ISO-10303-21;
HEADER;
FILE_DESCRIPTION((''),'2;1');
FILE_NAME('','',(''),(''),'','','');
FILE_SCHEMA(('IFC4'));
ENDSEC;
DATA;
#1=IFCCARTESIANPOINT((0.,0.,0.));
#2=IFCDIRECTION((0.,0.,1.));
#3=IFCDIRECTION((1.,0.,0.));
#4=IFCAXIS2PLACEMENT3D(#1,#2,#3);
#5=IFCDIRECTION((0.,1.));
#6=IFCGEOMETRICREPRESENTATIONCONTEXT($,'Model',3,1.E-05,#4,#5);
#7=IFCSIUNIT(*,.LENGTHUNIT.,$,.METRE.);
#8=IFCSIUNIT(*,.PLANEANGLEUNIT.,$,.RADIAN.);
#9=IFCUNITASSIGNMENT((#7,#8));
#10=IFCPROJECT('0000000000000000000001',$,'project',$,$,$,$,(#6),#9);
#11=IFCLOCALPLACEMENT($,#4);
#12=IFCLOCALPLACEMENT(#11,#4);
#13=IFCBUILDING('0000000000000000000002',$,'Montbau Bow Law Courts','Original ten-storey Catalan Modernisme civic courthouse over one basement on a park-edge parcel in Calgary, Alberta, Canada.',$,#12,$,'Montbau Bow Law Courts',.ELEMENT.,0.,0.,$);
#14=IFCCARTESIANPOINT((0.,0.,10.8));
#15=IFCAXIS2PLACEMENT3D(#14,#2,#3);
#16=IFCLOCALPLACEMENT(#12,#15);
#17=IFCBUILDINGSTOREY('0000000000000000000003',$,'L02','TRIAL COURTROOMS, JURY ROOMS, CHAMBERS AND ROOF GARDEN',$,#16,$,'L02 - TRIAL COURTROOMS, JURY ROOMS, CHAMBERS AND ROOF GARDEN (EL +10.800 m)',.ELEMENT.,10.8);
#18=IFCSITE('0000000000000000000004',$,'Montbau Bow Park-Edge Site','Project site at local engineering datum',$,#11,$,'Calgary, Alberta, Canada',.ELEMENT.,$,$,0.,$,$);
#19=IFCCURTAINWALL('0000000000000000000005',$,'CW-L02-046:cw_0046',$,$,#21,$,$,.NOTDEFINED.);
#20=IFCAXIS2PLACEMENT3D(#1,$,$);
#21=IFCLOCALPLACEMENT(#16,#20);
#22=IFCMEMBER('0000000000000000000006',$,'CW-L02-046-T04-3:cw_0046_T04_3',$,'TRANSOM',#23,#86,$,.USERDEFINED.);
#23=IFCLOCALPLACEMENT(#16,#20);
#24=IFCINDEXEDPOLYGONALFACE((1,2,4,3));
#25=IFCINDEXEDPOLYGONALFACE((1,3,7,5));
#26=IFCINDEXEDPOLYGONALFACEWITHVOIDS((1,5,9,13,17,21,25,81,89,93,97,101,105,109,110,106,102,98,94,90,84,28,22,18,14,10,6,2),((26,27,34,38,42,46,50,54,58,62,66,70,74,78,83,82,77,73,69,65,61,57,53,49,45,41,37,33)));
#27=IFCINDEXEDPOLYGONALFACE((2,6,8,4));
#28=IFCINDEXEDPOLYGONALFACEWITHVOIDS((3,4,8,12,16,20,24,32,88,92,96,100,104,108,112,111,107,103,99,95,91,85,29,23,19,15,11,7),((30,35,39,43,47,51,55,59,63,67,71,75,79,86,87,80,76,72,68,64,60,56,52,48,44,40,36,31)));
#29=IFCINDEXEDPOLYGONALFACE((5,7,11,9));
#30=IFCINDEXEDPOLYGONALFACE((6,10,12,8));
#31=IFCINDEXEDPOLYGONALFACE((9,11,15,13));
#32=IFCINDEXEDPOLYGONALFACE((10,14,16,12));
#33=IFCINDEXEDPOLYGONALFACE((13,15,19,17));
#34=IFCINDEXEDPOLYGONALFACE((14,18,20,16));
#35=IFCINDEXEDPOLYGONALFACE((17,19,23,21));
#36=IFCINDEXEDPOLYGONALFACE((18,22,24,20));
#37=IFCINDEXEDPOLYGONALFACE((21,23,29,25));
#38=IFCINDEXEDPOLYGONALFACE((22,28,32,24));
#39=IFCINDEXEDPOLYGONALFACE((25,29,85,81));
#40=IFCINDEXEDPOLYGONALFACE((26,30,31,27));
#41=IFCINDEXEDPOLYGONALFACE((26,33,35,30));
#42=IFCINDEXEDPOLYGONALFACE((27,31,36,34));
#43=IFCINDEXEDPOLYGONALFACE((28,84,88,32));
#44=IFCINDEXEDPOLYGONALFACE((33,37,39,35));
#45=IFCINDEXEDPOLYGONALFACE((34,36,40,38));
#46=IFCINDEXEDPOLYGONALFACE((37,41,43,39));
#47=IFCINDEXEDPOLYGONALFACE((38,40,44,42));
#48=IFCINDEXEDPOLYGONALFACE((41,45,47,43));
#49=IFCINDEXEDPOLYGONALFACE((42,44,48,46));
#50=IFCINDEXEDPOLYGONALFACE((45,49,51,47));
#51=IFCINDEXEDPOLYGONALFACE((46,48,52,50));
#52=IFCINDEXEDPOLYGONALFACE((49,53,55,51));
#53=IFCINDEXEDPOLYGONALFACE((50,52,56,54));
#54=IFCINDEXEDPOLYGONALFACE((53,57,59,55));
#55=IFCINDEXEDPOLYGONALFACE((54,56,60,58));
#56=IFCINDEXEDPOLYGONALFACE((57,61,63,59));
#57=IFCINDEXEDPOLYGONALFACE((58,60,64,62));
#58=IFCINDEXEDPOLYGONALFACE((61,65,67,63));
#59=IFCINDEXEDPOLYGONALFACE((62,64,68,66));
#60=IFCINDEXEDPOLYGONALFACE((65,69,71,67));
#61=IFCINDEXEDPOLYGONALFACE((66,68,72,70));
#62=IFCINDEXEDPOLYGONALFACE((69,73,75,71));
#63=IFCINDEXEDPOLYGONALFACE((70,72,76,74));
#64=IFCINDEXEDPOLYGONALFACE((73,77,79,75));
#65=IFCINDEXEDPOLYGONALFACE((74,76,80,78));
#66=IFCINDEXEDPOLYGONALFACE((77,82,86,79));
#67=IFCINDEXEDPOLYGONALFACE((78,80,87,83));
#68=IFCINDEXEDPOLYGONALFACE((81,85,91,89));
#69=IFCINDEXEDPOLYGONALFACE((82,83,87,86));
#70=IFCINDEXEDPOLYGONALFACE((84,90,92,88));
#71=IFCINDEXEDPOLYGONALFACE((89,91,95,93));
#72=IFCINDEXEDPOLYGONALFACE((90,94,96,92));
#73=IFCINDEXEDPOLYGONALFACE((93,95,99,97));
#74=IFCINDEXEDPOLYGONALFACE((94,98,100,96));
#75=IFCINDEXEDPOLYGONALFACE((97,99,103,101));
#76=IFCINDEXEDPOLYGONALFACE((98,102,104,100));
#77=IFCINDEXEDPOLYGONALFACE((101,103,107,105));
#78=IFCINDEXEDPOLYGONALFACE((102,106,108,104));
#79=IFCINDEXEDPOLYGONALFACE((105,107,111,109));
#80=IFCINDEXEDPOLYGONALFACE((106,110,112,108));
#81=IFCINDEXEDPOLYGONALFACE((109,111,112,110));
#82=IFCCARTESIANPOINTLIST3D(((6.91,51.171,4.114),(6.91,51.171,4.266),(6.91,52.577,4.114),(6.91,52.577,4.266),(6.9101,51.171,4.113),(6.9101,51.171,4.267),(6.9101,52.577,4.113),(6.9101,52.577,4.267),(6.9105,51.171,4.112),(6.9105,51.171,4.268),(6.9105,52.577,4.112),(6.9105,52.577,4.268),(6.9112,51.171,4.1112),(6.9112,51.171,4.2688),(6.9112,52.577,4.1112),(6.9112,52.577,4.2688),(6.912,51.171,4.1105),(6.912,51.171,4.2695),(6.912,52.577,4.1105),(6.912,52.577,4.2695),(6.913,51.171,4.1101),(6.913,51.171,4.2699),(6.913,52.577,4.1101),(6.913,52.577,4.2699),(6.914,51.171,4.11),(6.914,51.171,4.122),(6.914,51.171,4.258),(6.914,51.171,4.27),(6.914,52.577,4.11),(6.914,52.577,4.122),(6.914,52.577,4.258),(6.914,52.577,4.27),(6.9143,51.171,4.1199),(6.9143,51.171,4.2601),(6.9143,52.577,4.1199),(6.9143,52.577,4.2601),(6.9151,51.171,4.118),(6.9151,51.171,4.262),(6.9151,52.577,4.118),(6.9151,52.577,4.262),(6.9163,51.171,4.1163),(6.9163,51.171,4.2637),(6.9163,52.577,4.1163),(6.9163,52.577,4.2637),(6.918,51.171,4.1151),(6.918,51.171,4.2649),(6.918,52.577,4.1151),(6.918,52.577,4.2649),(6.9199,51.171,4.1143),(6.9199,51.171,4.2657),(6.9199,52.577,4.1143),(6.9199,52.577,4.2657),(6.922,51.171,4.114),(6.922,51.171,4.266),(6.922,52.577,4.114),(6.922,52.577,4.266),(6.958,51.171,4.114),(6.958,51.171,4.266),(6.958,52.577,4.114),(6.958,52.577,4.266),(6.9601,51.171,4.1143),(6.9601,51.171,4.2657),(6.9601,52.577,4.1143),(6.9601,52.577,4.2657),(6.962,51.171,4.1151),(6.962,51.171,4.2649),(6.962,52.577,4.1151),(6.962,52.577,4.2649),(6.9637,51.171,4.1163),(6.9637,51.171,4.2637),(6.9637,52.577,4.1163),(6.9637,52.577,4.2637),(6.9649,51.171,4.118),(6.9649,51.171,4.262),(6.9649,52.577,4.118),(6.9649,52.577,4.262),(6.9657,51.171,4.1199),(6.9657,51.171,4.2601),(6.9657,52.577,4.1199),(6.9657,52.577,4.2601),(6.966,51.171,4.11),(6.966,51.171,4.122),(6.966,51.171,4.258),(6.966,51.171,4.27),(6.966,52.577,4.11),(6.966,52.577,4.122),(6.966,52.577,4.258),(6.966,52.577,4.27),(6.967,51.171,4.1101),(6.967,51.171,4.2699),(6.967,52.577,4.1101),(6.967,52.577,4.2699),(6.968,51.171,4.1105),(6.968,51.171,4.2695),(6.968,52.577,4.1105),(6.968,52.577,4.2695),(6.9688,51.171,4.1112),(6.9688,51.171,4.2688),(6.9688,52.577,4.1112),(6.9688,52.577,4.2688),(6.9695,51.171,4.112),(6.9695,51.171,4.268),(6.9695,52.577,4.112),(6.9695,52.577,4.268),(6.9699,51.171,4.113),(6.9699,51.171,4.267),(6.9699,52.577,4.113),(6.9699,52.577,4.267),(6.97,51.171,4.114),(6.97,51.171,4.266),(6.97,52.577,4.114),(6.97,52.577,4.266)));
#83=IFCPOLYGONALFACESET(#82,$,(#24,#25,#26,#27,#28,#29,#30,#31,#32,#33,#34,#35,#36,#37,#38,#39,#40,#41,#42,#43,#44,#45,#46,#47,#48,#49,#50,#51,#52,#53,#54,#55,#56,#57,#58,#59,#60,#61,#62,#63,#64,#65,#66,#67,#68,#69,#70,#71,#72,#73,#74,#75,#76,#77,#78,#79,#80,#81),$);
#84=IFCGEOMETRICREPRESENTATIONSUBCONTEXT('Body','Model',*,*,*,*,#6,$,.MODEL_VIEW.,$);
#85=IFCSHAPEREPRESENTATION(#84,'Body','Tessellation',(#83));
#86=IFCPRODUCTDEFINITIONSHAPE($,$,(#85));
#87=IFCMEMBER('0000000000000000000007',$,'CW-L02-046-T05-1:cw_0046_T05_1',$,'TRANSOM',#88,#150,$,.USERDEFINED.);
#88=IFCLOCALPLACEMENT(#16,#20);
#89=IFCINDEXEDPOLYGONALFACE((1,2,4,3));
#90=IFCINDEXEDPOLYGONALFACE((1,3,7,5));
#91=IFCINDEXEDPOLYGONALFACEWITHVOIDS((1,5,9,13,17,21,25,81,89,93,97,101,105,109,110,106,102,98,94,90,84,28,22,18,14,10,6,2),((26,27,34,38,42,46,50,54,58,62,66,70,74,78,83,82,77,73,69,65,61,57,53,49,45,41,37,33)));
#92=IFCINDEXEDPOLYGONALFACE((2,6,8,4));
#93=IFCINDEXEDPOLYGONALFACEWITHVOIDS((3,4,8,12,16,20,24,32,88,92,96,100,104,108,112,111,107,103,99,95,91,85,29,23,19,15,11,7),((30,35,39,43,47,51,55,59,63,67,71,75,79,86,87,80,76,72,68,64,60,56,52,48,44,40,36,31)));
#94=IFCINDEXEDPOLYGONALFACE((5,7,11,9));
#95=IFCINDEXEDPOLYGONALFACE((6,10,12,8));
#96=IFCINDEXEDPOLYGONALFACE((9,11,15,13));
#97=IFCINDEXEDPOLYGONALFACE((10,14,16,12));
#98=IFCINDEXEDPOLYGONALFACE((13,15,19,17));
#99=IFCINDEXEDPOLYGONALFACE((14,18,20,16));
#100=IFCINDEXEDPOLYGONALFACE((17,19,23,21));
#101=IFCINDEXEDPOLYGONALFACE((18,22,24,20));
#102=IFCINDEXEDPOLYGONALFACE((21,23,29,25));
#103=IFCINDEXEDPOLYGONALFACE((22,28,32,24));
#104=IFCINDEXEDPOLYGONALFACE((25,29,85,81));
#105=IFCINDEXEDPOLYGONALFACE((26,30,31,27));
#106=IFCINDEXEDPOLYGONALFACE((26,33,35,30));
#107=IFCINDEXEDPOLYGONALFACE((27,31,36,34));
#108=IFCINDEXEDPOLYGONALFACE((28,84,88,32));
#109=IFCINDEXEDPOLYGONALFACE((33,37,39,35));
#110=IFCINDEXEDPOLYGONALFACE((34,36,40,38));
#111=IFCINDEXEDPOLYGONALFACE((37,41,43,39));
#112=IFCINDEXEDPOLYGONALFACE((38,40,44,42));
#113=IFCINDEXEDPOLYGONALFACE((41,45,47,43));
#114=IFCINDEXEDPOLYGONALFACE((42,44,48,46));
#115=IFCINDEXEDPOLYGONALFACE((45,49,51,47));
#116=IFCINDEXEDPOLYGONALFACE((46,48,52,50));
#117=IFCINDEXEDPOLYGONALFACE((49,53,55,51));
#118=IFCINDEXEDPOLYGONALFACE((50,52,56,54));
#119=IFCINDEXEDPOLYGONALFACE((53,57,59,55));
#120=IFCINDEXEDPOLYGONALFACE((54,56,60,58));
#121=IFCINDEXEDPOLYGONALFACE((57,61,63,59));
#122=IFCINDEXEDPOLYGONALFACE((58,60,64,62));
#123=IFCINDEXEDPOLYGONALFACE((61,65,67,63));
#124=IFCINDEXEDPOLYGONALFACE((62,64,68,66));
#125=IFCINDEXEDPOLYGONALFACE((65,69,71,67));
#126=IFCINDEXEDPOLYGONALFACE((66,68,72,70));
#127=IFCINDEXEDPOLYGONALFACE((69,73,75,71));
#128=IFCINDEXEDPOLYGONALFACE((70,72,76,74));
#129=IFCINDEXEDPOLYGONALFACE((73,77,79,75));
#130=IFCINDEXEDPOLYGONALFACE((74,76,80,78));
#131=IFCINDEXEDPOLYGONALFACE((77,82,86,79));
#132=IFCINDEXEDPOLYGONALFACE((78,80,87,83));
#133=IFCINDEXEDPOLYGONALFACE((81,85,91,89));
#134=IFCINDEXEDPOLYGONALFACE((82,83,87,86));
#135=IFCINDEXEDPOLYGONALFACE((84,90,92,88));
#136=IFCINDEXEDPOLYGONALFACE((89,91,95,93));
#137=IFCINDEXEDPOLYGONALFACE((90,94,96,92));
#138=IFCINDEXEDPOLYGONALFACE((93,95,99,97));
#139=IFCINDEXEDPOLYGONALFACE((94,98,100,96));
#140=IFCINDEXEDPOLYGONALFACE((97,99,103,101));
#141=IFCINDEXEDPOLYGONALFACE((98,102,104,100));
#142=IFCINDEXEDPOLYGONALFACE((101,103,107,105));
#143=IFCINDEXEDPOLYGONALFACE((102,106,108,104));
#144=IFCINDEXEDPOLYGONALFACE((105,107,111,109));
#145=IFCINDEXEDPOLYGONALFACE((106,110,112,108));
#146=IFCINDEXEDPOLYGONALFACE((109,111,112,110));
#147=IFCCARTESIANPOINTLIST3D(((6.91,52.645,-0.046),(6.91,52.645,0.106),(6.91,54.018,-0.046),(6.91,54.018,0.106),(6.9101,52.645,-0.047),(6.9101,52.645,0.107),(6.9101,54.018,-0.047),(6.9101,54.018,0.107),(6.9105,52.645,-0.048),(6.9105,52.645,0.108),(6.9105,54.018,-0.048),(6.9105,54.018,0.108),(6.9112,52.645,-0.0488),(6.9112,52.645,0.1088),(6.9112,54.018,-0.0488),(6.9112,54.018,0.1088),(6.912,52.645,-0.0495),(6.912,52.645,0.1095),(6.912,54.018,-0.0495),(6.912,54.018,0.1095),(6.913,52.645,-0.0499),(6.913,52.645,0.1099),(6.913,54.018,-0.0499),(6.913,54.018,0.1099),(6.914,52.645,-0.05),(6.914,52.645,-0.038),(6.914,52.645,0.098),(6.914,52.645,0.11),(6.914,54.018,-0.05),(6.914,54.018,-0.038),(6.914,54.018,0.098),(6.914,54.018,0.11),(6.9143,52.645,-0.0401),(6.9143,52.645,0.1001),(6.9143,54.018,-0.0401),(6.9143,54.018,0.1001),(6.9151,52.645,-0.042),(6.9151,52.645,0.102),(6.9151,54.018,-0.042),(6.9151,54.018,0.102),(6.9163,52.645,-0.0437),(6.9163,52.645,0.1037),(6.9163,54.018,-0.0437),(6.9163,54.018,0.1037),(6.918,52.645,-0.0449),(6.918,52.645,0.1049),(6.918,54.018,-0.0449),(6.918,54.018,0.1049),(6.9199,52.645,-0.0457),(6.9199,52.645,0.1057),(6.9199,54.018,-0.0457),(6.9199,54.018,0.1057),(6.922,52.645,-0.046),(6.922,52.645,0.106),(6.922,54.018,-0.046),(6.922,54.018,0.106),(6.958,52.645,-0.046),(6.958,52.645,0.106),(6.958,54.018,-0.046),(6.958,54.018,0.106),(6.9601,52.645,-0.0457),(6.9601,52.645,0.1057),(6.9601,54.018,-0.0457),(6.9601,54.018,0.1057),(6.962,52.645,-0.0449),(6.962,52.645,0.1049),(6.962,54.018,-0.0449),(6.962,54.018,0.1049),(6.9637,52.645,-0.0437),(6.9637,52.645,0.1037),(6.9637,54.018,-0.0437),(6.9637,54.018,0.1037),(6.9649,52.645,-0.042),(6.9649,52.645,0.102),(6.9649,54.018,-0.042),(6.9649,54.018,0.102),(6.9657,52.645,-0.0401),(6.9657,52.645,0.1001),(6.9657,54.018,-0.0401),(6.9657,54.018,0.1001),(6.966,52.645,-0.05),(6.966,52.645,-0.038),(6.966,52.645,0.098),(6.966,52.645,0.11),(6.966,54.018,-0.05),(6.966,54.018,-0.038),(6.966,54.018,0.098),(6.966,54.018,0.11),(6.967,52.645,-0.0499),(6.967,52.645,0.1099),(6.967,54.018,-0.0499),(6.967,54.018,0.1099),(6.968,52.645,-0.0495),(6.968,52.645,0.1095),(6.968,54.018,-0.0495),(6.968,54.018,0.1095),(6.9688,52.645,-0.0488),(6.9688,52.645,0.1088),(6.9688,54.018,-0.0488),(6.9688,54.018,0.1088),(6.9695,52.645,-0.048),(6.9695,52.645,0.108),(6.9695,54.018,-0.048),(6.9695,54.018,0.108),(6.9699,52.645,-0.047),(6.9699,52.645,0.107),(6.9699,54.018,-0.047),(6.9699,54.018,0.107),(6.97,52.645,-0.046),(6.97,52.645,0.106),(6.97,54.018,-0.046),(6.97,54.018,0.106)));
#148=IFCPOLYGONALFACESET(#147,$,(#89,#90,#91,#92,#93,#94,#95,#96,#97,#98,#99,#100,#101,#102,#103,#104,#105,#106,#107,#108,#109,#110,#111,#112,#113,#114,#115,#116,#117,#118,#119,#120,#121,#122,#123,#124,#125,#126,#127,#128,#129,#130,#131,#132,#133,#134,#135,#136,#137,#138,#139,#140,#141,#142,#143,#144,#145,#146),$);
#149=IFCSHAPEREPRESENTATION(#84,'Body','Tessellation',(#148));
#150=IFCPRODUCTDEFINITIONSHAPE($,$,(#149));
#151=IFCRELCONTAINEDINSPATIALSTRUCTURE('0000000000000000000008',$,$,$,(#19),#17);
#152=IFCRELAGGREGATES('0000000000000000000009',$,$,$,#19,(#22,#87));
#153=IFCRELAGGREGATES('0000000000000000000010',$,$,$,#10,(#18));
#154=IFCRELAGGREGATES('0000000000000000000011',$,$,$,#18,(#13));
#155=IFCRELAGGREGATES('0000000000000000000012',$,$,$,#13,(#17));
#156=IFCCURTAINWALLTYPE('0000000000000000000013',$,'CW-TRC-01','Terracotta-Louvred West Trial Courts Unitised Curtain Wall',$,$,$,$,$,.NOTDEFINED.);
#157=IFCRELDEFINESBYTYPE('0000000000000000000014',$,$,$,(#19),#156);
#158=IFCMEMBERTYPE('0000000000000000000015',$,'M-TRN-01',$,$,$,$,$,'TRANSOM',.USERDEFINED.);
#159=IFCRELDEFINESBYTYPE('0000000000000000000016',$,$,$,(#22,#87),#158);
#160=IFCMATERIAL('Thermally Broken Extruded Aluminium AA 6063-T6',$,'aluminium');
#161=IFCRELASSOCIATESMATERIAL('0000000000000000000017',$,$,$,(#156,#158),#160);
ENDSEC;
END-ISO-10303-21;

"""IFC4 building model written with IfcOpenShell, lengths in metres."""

from ifc_helpers import new_model, si_unit, direction, frame, origin_with_axes, origin_2d_with_axis, place, context, subcontext, project, spatial, hollow_rectangle, extrude, material, material_profile, profile_set, type_object, element, aggregate, save


model = new_model("IFC4")

# Units and contexts
model_context = context("Model", 3, precision=1e-05, world=origin_with_axes(), true_north=direction((0.0, 1.0)))
body_context = subcontext(model_context, "Body", "Model", "MODEL_VIEW")
ifc_project = project(units=[si_unit("LENGTHUNIT", "METRE"), si_unit("PLANEANGLEUNIT", "RADIAN")], contexts=[model_context])

# Site, building, storey
site_placement = place(None, origin_with_axes())
site = spatial("IfcSite", under=ifc_project, at=site_placement, Name="Montbau Bow Park-Edge Site", Description="Project site at local engineering datum", LongName="Calgary, Alberta, Canada", CompositionType="ELEMENT", RefElevation=0.0)
building_placement = place(site_placement, origin_with_axes())
building = spatial("IfcBuilding", under=site, at=building_placement, Name="Montbau Bow Law Courts", Description="Original ten-storey Catalan Modernisme civic courthouse over one basement on a park-edge parcel in Calgary, Alberta, Canada.", LongName="Montbau Bow Law Courts", CompositionType="ELEMENT", ElevationOfRefHeight=0.0, ElevationOfTerrain=0.0)
storey_placement = place(building_placement, frame((0.0, 0.0, 10.8), z_axis=(0.0, 0.0, 1.0), x_axis=(1.0, 0.0, 0.0)))
storey = spatial("IfcBuildingStorey", under=building, at=storey_placement, Name="L02", Description="TRIAL COURTROOMS, JURY ROOMS, CHAMBERS AND ROOF GARDEN", LongName="L02 - TRIAL COURTROOMS, JURY ROOMS, CHAMBERS AND ROOF GARDEN (EL +10.800 m)", CompositionType="ELEMENT", Elevation=10.8)

# Curtain wall, members
ifc_material_1 = material(Name="Thermally Broken Extruded Aluminium AA 6063-T6", Category="aluminium")
curtain_wall_type = type_object("IfcCurtainWallType", Name="CW-TRC-01", Description="Terracotta-Louvred West Trial Courts Unitised Curtain Wall", PredefinedType="NOTDEFINED", material=ifc_material_1)
curtain_wall_placement = place(None, frame((6.94, 46.715, 10.8), z_axis=(0.0, 0.0, 1.0), x_axis=(1.0, 0.0, 0.0)))
curtain_wall = element("IfcCurtainWall", 1, at=curtain_wall_placement, inside=storey, type_object=curtain_wall_type, Name="CW-L02-046:cw_0046", PredefinedType="NOTDEFINED")
ifc_material_profile_1 = material_profile(ifc_material_1, hollow_rectangle(XDim=0.06, YDim=0.16, WallThickness=0.004, InnerFilletRadius=0.008, OuterFilletRadius=0.004, at=origin_2d_with_axis()), Name="CWT-160X60", Category="Main", Priority=0)
ifc_profile_set_1 = profile_set([ifc_material_profile_1], Name="Thermally Broken Extruded Aluminium AA 6063-T6")
member_type_1 = type_object("IfcMemberType", Name="M-TRN-01", ElementType="TRANSOM", PredefinedType="USERDEFINED", material=ifc_profile_set_1)
member_1_placement = place(None, frame((6.94, 51.171, 14.99), z_axis=(0.0, 1.0, 0.0), x_axis=(-1.0, 0.0, 0.0)))
member_1 = element("IfcMember", 2, at=member_1_placement, type_object=member_type_1, Name="CW-L02-046-T04-3:cw_0046_T04_3", ObjectType="TRANSOM", PredefinedType="USERDEFINED", context=body_context, shape_type="SweptSolid", body=[
    extrude(hollow_rectangle(XDim=0.06, YDim=0.16, WallThickness=0.004, InnerFilletRadius=0.008, OuterFilletRadius=0.004, at=origin_2d_with_axis()), origin_with_axes(), (0.0, 0.0, 1.0), 1.406),
])
member_2_placement = place(None, frame((6.94, 52.645, 10.83), z_axis=(0.0, 1.0, 0.0), x_axis=(-1.0, 0.0, 0.0)))
member_2 = element("IfcMember", 3, at=member_2_placement, type_object=member_type_1, Name="CW-L02-046-T05-1:cw_0046_T05_1", ObjectType="TRANSOM", PredefinedType="USERDEFINED", context=body_context, shape_type="SweptSolid", body=[
    extrude(hollow_rectangle(XDim=0.06, YDim=0.16, WallThickness=0.004, InnerFilletRadius=0.008, OuterFilletRadius=0.004, at=origin_2d_with_axis()), origin_with_axes(), (0.0, 0.0, 1.0), 1.373),
])
aggregate(curtain_wall, [member_1, member_2])

save(model, "model.ifc")
